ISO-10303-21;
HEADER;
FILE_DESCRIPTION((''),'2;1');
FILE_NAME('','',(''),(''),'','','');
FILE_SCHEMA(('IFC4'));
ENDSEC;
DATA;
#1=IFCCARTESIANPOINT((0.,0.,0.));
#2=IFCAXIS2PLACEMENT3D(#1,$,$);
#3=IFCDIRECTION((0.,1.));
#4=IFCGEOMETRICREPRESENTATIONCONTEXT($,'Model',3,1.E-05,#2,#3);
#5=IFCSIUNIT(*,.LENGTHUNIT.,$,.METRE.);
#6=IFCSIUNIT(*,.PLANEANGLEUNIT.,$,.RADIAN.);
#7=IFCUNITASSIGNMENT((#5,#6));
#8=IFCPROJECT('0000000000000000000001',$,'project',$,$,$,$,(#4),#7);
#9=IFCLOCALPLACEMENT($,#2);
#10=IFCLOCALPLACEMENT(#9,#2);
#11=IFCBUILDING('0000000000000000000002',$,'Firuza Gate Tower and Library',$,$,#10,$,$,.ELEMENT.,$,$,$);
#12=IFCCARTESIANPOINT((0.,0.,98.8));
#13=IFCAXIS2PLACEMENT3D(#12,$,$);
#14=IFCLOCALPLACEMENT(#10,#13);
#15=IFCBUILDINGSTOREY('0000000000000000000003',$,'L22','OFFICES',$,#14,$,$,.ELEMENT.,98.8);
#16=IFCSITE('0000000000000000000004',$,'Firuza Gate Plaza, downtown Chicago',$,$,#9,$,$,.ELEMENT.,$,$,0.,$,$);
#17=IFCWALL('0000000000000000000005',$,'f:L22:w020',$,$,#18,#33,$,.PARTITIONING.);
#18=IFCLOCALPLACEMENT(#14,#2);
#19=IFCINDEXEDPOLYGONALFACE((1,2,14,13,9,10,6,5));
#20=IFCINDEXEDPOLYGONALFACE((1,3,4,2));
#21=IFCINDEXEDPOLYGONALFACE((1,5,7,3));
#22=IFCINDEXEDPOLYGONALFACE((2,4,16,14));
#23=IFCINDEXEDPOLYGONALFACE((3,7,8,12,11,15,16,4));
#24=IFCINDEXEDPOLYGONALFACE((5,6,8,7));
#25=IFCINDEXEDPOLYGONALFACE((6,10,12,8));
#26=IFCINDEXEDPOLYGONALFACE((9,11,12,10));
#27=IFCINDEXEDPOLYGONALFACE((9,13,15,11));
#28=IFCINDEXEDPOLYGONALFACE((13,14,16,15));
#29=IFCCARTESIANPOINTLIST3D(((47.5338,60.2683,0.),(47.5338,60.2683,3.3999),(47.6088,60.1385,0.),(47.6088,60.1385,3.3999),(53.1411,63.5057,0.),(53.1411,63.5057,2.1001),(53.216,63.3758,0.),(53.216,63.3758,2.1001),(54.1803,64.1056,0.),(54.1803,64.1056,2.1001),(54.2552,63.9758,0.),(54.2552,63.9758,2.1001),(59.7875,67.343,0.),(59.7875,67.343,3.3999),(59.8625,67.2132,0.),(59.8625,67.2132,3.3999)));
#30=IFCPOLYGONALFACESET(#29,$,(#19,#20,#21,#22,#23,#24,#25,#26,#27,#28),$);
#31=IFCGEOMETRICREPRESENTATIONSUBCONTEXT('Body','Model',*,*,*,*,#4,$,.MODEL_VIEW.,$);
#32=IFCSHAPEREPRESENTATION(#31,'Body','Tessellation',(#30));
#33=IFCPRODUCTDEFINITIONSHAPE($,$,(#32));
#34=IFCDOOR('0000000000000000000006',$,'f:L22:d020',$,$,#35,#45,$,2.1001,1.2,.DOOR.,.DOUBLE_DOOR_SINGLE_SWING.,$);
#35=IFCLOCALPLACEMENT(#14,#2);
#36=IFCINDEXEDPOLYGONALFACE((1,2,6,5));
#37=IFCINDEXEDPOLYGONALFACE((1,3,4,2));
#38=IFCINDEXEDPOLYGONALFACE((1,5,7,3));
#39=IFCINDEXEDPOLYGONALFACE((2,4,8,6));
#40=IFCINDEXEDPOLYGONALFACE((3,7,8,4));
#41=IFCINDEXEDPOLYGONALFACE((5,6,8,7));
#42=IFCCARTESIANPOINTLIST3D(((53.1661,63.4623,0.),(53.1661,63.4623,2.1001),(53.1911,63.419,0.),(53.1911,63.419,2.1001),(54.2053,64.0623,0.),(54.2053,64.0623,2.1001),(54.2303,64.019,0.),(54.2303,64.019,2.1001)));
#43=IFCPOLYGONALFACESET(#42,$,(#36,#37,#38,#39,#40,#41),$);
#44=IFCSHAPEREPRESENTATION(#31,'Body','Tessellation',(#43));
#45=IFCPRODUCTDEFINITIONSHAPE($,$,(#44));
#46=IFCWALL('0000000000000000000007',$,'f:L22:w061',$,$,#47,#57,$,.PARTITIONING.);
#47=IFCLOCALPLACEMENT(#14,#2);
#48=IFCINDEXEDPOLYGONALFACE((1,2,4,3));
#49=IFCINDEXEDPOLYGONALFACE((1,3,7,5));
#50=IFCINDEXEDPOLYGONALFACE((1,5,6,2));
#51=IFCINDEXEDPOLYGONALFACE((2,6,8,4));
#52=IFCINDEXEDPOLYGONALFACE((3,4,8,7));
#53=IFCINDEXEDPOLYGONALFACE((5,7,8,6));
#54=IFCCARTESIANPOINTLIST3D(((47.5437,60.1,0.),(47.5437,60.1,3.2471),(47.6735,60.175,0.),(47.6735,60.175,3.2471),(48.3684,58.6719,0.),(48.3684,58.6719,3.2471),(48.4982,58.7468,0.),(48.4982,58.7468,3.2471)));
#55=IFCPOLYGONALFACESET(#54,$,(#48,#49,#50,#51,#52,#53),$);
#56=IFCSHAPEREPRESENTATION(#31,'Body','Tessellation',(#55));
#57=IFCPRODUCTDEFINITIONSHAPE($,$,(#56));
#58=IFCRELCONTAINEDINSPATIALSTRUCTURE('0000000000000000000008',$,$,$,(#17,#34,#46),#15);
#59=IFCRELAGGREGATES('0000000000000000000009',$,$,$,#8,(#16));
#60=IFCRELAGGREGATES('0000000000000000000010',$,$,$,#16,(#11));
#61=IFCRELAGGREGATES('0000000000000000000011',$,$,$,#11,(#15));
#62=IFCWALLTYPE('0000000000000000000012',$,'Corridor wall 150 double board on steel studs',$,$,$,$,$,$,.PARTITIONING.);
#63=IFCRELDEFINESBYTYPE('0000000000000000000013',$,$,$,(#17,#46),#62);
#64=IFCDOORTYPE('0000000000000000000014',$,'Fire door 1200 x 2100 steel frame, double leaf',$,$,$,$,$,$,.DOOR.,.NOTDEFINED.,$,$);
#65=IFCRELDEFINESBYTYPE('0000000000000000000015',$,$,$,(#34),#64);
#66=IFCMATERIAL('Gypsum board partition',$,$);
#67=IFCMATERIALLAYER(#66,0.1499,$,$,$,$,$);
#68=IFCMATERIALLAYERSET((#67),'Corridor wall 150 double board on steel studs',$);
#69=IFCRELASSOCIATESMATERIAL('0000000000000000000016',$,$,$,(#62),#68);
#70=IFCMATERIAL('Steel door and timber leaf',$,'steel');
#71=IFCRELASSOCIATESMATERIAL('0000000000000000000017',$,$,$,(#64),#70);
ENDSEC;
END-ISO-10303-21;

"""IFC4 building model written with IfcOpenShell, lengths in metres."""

from ifc_helpers import new_model, si_unit, direction, frame, frame_2d, origin, place, context, subcontext, project, spatial, rectangle, extrude, material, layer, layer_set, type_object, element, fill, save


model = new_model("IFC4")

# Units and contexts
model_context = context("Model", 3, precision=1e-05, world=origin(), true_north=direction((0.0, 1.0)))
body_context = subcontext(model_context, "Body", "Model", "MODEL_VIEW")
ifc_project = project(units=[si_unit("LENGTHUNIT", "METRE"), si_unit("PLANEANGLEUNIT", "RADIAN")], contexts=[model_context])

# Site, building, storey
site_placement = place(None, origin())
site = spatial("IfcSite", under=ifc_project, at=site_placement, Name="Firuza Gate Plaza, downtown Chicago", CompositionType="ELEMENT", RefElevation=0.0)
building_placement = place(site_placement, origin())
building = spatial("IfcBuilding", under=site, at=building_placement, Name="Firuza Gate Tower and Library", CompositionType="ELEMENT")
storey_placement = place(building_placement, frame((0.0, 0.0, 98.8)))
storey = spatial("IfcBuildingStorey", under=building, at=storey_placement, Name="L22", Description="OFFICES", CompositionType="ELEMENT", Elevation=98.8)

# Shared definitions
ifc_material_1 = material(Name="Gypsum board partition")
ifc_layer_1 = layer(ifc_material_1, 0.1499)
ifc_layer_set_1 = layer_set([ifc_layer_1], Name="Corridor wall 150 double board on steel studs")
wall_type = type_object("IfcWallType", Name="Corridor wall 150 double board on steel studs", PredefinedType="PARTITIONING", material=ifc_layer_set_1)

# Wall, opening, door
wall_1_placement = place(storey_placement, frame((47.5713, 60.2034, 0.0), z_axis=(0.0, 0.0, 1.0), x_axis=(0.866024, 0.500003, 0.0)))
wall_1 = element("IfcWall", 1, at=wall_1_placement, inside=storey, type_object=wall_type, Name="f:L22:w020", PredefinedType="PARTITIONING", context=body_context, shape_type="SweptSolid", body=[
    extrude(rectangle(XDim=14.1494, YDim=0.1499, at=frame_2d((7.0747, 0.0))), origin(), (0.0, 0.0, 1.0), 3.3999),
])
opening_placement = place(wall_1_placement, frame((6.4746, 0.0, 0.0)))
opening = element("IfcOpeningElement", 2, at=opening_placement, cuts=wall_1, PredefinedType="OPENING", context=body_context, shape_type="SweptSolid", body=[
    extrude(rectangle(XDim=1.2, YDim=2.1001, at=frame_2d((0.6001, 1.05))), frame((0.0, 0.085, 0.0), z_axis=(0.0, -1.0, 0.0), x_axis=(1.0, 0.0, 0.0)), (0.0, 0.0, 1.0), 0.1699),
])
ifc_material_2 = material(Name="Steel door and timber leaf", Category="steel")
door_type = type_object("IfcDoorType", Name="Fire door 1200 x 2100 steel frame, double leaf", OperationType="NOTDEFINED", PredefinedType="DOOR", material=ifc_material_2)
door_placement = place(opening_placement, origin())
door = element("IfcDoor", 3, at=door_placement, inside=storey, type_object=door_type, Name="f:L22:d020", OperationType="DOUBLE_DOOR_SINGLE_SWING", OverallHeight=2.1001, OverallWidth=1.2, PredefinedType="DOOR", context=body_context, shape_type="SweptSolid", body=[
    extrude(rectangle(XDim=1.2, YDim=2.1001, at=frame_2d((0.6001, 1.05))), frame((0.0, 0.0249, 0.0), z_axis=(0.0, -1.0, 0.0), x_axis=(1.0, 0.0, 0.0)), (0.0, 0.0, 1.0), 0.05),
])
fill(opening, door)

# Wall
wall_2_placement = place(storey_placement, frame((48.4333, 58.7092, 0.0), z_axis=(0.0, 0.0, 1.0), x_axis=(-0.500056, 0.865993, 0.0)))
element("IfcWall", 4, at=wall_2_placement, inside=storey, type_object=wall_type, Name="f:L22:w061", PredefinedType="PARTITIONING", context=body_context, shape_type="SweptSolid", body=[
    extrude(rectangle(XDim=1.6492, YDim=0.1499, at=frame_2d((0.8247, 0.0))), origin(), (0.0, 0.0, 1.0), 3.2471),
])

save(model, "model.ifc")
